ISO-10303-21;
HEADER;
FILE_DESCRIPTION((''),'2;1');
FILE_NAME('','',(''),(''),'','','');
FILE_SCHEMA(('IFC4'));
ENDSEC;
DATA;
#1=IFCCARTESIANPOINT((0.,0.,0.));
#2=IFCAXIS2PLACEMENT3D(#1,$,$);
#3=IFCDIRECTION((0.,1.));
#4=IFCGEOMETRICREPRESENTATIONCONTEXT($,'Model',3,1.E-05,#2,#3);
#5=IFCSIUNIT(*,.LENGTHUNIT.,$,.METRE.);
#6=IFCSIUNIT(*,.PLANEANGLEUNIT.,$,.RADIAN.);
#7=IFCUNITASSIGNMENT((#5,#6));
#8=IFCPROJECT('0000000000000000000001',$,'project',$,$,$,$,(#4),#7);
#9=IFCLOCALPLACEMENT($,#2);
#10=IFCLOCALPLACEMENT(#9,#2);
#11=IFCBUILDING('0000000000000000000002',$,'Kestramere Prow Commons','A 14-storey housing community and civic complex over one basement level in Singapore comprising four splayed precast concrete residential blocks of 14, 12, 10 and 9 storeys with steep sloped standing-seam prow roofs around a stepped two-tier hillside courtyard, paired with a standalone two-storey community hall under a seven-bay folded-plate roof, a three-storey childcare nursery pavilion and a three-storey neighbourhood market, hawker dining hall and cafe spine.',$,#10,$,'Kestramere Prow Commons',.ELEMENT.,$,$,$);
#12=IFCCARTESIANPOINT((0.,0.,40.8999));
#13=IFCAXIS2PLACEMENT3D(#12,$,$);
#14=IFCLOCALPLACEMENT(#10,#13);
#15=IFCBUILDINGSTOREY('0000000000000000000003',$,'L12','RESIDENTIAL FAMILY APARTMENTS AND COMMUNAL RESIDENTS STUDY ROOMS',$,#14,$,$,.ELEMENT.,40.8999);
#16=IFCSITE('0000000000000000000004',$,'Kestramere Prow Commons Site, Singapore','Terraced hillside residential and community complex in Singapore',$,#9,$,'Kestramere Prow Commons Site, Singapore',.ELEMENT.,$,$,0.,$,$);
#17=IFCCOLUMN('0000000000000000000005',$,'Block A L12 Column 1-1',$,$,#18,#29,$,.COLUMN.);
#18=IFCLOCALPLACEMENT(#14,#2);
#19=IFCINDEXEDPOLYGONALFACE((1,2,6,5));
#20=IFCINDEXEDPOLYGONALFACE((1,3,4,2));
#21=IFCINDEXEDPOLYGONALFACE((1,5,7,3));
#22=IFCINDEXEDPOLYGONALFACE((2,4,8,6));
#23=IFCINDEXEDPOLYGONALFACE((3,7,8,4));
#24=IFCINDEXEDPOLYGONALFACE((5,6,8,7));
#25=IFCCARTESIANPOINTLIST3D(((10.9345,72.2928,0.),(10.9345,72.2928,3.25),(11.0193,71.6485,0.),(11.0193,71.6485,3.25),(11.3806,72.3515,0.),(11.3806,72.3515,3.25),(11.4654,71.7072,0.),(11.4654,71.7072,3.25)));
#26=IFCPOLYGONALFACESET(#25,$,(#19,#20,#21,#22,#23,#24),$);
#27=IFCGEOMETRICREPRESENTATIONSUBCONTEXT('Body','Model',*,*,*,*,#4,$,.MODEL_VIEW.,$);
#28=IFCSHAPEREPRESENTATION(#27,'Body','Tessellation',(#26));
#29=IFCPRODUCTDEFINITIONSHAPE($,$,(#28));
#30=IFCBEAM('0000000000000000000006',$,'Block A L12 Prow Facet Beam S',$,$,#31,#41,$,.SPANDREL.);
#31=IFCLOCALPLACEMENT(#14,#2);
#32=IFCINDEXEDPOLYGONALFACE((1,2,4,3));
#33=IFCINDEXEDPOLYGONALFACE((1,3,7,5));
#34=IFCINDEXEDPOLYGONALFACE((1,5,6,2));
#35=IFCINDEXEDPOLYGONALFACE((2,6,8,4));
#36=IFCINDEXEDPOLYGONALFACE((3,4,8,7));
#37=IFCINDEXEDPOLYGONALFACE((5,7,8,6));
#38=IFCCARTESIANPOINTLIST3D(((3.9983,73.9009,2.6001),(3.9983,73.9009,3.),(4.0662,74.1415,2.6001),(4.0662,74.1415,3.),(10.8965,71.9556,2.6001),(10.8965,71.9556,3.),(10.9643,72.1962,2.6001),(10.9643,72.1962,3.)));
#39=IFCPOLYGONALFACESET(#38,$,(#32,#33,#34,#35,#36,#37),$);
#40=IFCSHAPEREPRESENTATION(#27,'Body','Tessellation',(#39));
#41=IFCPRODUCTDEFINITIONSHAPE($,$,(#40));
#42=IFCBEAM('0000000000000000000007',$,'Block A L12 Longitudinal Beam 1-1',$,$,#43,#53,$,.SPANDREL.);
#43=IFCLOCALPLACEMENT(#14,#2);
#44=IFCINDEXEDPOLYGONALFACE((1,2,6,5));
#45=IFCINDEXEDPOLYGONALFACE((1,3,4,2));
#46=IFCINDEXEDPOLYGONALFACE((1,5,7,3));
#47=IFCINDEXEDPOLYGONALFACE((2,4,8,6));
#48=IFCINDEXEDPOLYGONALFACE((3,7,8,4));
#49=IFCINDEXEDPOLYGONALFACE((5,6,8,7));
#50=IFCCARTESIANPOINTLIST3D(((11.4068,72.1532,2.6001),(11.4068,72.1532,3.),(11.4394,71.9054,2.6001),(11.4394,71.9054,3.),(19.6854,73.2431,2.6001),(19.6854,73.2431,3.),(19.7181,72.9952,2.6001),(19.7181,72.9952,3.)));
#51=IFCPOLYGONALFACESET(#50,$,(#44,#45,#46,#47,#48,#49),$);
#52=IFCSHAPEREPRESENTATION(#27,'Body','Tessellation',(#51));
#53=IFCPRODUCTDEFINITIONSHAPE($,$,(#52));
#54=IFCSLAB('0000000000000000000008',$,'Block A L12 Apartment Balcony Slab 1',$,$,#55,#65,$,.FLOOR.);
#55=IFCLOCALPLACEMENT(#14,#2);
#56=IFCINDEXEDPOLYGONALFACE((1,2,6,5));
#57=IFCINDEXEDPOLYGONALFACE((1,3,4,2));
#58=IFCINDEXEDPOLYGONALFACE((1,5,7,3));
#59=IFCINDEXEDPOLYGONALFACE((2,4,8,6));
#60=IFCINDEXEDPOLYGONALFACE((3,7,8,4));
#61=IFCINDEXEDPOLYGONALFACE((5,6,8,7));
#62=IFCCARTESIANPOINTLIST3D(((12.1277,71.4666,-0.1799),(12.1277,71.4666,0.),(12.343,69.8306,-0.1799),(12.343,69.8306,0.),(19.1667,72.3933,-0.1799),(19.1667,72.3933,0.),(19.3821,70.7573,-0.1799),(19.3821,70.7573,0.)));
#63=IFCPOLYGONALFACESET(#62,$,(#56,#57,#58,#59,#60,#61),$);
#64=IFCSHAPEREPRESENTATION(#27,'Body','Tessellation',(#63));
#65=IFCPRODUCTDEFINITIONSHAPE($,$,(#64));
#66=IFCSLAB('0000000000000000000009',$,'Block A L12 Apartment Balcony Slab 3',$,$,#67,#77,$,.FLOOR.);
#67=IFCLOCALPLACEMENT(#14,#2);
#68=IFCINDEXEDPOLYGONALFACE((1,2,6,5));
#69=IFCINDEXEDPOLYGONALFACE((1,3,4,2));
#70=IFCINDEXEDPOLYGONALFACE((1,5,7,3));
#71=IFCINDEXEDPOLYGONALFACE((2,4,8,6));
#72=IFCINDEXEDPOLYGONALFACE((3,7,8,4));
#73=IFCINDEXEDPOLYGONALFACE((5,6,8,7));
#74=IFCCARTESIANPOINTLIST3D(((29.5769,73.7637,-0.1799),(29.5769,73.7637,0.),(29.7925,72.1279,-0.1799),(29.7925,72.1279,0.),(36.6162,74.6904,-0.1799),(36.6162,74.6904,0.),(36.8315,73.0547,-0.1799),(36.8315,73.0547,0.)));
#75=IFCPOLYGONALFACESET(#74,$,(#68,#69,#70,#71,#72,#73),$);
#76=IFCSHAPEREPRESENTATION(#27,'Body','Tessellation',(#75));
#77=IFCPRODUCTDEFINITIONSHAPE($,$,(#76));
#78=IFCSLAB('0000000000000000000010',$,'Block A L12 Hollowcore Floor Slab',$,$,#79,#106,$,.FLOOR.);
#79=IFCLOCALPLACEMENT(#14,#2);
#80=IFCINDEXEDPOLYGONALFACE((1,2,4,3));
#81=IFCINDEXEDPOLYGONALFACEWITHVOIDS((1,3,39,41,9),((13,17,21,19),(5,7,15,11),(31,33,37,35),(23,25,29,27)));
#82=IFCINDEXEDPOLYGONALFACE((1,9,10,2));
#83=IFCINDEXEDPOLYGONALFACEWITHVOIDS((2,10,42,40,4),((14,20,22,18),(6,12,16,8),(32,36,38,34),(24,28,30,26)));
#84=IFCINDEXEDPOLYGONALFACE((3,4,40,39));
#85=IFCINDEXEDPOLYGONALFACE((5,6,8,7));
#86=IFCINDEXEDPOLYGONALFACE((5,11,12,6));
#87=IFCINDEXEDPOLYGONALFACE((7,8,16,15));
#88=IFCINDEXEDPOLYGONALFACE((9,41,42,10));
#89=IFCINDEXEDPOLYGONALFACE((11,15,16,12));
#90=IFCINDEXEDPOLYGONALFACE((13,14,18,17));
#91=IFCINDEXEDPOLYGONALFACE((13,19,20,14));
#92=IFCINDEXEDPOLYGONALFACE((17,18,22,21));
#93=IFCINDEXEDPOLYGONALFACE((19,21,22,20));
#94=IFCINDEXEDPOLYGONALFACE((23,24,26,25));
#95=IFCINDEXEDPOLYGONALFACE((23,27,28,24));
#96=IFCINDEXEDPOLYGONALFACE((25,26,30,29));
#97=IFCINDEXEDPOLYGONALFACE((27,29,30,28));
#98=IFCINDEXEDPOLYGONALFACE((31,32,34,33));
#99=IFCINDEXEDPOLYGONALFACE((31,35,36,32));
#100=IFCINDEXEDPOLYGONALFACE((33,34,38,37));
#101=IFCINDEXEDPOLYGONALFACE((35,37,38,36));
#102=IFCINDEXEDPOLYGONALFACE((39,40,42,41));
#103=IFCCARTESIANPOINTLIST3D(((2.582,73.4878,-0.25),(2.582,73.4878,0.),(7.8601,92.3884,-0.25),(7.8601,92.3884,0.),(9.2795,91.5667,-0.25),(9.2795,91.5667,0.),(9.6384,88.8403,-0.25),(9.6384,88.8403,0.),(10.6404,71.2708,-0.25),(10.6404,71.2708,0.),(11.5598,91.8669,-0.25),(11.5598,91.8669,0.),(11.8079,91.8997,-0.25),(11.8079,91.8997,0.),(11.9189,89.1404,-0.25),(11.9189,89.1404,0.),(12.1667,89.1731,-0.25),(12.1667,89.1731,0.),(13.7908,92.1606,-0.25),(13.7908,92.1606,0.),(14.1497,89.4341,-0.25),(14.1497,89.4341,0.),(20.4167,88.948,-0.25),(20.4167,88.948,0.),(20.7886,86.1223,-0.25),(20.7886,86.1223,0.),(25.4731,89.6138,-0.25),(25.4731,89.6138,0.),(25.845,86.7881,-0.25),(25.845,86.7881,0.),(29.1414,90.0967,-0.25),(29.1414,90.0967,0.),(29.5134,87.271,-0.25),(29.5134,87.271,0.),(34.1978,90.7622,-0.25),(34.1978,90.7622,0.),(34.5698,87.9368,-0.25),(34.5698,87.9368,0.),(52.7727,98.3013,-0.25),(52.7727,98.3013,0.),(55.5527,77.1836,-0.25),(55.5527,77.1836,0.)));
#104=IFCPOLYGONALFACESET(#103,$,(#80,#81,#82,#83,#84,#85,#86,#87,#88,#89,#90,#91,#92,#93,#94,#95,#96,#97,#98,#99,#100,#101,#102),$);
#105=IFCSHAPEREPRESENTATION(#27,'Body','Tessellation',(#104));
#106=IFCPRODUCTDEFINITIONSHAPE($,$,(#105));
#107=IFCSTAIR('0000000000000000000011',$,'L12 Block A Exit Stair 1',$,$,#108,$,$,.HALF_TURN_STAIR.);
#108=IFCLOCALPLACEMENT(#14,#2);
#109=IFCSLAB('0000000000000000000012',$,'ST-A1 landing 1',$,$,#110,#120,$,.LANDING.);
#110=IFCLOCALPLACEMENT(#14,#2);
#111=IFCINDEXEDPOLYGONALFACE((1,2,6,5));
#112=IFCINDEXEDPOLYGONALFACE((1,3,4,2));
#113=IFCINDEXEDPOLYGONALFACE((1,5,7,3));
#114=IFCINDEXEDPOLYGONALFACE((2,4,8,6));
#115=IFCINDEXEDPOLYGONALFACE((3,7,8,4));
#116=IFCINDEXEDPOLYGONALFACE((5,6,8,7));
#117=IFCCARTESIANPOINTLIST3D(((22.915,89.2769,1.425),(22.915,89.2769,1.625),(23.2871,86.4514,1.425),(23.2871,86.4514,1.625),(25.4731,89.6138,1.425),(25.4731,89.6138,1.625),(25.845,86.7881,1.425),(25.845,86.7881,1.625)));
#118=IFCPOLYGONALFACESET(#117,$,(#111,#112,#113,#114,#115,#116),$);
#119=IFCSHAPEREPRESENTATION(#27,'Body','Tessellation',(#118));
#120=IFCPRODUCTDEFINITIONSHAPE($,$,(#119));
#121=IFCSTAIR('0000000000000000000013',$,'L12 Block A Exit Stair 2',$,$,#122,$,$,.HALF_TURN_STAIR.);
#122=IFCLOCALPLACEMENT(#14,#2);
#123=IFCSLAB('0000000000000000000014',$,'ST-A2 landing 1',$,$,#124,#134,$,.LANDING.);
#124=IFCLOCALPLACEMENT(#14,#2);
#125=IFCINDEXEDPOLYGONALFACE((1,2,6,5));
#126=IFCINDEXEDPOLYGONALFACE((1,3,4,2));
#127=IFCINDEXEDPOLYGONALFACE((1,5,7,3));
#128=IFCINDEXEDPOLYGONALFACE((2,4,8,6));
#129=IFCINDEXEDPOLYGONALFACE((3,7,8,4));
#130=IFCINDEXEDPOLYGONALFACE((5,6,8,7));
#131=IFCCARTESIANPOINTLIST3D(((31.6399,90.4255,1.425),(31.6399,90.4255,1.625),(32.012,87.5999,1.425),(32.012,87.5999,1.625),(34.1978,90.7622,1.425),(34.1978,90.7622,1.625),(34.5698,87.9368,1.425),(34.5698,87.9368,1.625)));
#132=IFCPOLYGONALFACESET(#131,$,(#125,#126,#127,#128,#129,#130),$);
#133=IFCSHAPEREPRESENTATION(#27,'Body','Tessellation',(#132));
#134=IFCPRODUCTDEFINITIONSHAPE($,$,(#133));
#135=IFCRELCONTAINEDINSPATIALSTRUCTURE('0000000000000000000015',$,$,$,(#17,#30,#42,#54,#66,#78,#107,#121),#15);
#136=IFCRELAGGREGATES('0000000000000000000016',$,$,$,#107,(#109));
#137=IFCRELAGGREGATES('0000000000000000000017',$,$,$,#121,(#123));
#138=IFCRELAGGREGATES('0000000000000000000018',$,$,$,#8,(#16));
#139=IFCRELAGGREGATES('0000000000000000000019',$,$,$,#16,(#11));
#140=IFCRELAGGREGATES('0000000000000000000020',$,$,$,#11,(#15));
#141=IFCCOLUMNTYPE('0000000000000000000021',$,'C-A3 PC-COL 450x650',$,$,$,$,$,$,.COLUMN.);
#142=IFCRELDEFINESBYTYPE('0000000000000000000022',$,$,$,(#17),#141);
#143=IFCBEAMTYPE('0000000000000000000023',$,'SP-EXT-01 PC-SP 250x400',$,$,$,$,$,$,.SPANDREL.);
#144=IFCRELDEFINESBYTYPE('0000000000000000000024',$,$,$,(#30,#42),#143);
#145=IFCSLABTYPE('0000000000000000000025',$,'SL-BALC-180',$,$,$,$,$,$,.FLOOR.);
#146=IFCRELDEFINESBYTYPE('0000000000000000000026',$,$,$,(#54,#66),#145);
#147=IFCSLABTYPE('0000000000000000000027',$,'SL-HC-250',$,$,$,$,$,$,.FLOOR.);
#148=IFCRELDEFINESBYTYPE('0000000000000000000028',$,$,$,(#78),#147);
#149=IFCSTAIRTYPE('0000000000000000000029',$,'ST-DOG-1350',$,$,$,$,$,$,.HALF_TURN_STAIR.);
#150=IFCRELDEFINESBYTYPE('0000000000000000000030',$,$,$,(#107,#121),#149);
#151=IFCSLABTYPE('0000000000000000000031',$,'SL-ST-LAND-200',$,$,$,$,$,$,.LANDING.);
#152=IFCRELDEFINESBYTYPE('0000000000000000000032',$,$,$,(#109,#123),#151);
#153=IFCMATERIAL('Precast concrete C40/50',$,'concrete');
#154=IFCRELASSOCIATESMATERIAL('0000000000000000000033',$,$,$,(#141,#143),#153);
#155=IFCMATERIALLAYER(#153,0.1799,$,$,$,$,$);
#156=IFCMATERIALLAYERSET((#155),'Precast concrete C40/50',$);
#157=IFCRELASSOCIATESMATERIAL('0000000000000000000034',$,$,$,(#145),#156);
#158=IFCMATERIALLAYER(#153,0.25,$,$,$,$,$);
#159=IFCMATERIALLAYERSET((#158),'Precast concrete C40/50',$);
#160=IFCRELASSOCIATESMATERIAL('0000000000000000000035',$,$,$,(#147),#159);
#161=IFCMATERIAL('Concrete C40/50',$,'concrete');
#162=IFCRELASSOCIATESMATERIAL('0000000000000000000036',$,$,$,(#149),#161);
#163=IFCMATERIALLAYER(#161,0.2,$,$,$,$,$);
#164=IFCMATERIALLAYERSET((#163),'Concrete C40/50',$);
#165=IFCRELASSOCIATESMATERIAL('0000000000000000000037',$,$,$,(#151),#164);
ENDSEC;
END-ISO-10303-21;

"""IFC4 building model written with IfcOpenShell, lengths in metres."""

from ifc_helpers import new_model, si_unit, direction, frame, origin, origin_2d, place, context, subcontext, project, spatial, polyline, rectangle, outline, extrude, material, layer, layer_set, material_profile, profile_set, type_object, element, aggregate, save


model = new_model("IFC4")

# Units and contexts
model_context = context("Model", 3, precision=1e-05, world=origin(), true_north=direction((0.0, 1.0)))
body_context = subcontext(model_context, "Body", "Model", "MODEL_VIEW")
ifc_project = project(units=[si_unit("LENGTHUNIT", "METRE"), si_unit("PLANEANGLEUNIT", "RADIAN")], contexts=[model_context])

# Site, building, storey
site_placement = place(None, origin())
site = spatial("IfcSite", under=ifc_project, at=site_placement, Name="Kestramere Prow Commons Site, Singapore", Description="Terraced hillside residential and community complex in Singapore", LongName="Kestramere Prow Commons Site, Singapore", CompositionType="ELEMENT", RefElevation=0.0)
building_placement = place(site_placement, origin())
building = spatial("IfcBuilding", under=site, at=building_placement, Name="Kestramere Prow Commons", Description="A 14-storey housing community and civic complex over one basement level in Singapore comprising four splayed precast concrete residential blocks of 14, 12, 10 and 9 storeys with steep sloped standing-seam prow roofs around a stepped two-tier hillside courtyard, paired with a standalone two-storey community hall under a seven-bay folded-plate roof, a three-storey childcare nursery pavilion and a three-storey neighbourhood market, hawker dining hall and cafe spine.", LongName="Kestramere Prow Commons", CompositionType="ELEMENT")
storey_placement = place(building_placement, frame((0.0, 0.0, 40.8999)))
storey = spatial("IfcBuildingStorey", under=building, at=storey_placement, Name="L12", Description="RESIDENTIAL FAMILY APARTMENTS AND COMMUNAL RESIDENTS STUDY ROOMS", CompositionType="ELEMENT", Elevation=40.8999)

# Column
ifc_material_1 = material(Name="Precast concrete C40/50", Category="concrete")
ifc_material_profile_1 = material_profile(ifc_material_1, rectangle(XDim=0.45, YDim=0.6499, at=origin_2d()), Name="PC-COL 450x650")
ifc_profile_set_1 = profile_set([ifc_material_profile_1], Name="Precast concrete C40/50")
column_type = type_object("IfcColumnType", Name="C-A3 PC-COL 450x650", PredefinedType="COLUMN", material=ifc_profile_set_1)
column_placement = place(storey_placement, frame((11.2, 72.0, 0.0), z_axis=(0.0, 0.0, 1.0), x_axis=(0.991445, 0.130526, 0.0)))
element("IfcColumn", 1, at=column_placement, inside=storey, type_object=column_type, Name="Block A L12 Column 1-1", PredefinedType="COLUMN", context=body_context, shape_type="SweptSolid", body=[
    extrude(rectangle(XDim=0.45, YDim=0.6499, at=origin_2d()), origin(), (0.0, 0.0, 1.0), 3.25),
])

# Beams
ifc_material_profile_2 = material_profile(ifc_material_1, rectangle(XDim=0.25, YDim=0.3999, at=origin_2d()), Name="PC-SP 250x400")
ifc_profile_set_2 = profile_set([ifc_material_profile_2], Name="Precast concrete C40/50")
beam_type = type_object("IfcBeamType", Name="SP-EXT-01 PC-SP 250x400", PredefinedType="SPANDREL", material=ifc_profile_set_2)
beam_1_placement = place(storey_placement, frame((10.9304, 72.0759, 2.8), z_axis=(-0.962462, 0.271417, 0.0), x_axis=(-0.271417, -0.962462, 0.0)))
element("IfcBeam", 2, at=beam_1_placement, inside=storey, type_object=beam_type, Name="Block A L12 Prow Facet Beam S", PredefinedType="SPANDREL", context=body_context, shape_type="SweptSolid", body=[
    extrude(rectangle(XDim=0.25, YDim=0.3999, at=origin_2d()), origin(), (0.0, 0.0, 1.0), 7.1672),
])
beam_2_placement = place(storey_placement, frame((11.4231, 72.0293, 2.8), z_axis=(0.991446, 0.13052, 0.0), x_axis=(-0.13052, 0.991446, 0.0)))
element("IfcBeam", 3, at=beam_2_placement, inside=storey, type_object=beam_type, Name="Block A L12 Longitudinal Beam 1-1", PredefinedType="SPANDREL", context=body_context, shape_type="SweptSolid", body=[
    extrude(rectangle(XDim=0.25, YDim=0.3999, at=origin_2d()), origin(), (0.0, 0.0, 1.0), 8.3501),
])

# Slabs
ifc_layer_1 = layer(ifc_material_1, 0.1799)
ifc_layer_set_1 = layer_set([ifc_layer_1], Name="Precast concrete C40/50")
slab_type_1 = type_object("IfcSlabType", Name="SL-BALC-180", PredefinedType="FLOOR", material=ifc_layer_set_1)
slab_1_placement = place(storey_placement, frame((0.0, 0.0, -0.1799)))
element("IfcSlab", 4, at=slab_1_placement, inside=storey, type_object=slab_type_1, Name="Block A L12 Apartment Balcony Slab 1", PredefinedType="FLOOR", context=body_context, shape_type="SweptSolid", body=[
    extrude(outline(polyline([(12.343, 69.8306), (19.3821, 70.7573), (19.1667, 72.3933), (12.1277, 71.4666), (12.343, 69.8306)])), origin(), (0.0, 0.0, 1.0), 0.1799),
])
slab_2_placement = place(storey_placement, frame((0.0, 0.0, -0.1799)))
element("IfcSlab", 5, at=slab_2_placement, inside=storey, type_object=slab_type_1, Name="Block A L12 Apartment Balcony Slab 3", PredefinedType="FLOOR", context=body_context, shape_type="SweptSolid", body=[
    extrude(outline(polyline([(29.7925, 72.1279), (36.8315, 73.0547), (36.6162, 74.6904), (29.5769, 73.7637), (29.7925, 72.1279)])), origin(), (0.0, 0.0, 1.0), 0.1799),
])
ifc_layer_2 = layer(ifc_material_1, 0.25)
ifc_layer_set_2 = layer_set([ifc_layer_2], Name="Precast concrete C40/50")
slab_type_2 = type_object("IfcSlabType", Name="SL-HC-250", PredefinedType="FLOOR", material=ifc_layer_set_2)
slab_3_placement = place(storey_placement, frame((0.0, 0.0, -0.25)))
element("IfcSlab", 6, at=slab_3_placement, inside=storey, type_object=slab_type_2, Name="Block A L12 Hollowcore Floor Slab", PredefinedType="FLOOR", context=body_context, shape_type="SweptSolid", body=[
    extrude(outline(polyline([(2.582, 73.4878), (10.6404, 71.2708), (55.5527, 77.1836), (52.7727, 98.3013), (7.8601, 92.3884), (2.582, 73.4878)]), holes=[polyline([(9.6384, 88.8403), (11.9189, 89.1404), (11.5598, 91.8669), (9.2795, 91.5667), (9.6384, 88.8403)]), polyline([(12.1667, 89.1731), (14.1497, 89.4341), (13.7908, 92.1606), (11.8079, 91.8997), (12.1667, 89.1731)]), polyline([(20.7886, 86.1223), (25.845, 86.7881), (25.4731, 89.6138), (20.4167, 88.948), (20.7886, 86.1223)]), polyline([(29.5134, 87.271), (34.5698, 87.9368), (34.1978, 90.7622), (29.1414, 90.0967), (29.5134, 87.271)])]), origin(), (0.0, 0.0, 1.0), 0.25),
])

# Stairs, slabs
ifc_material_2 = material(Name="Concrete C40/50", Category="concrete")
stair_type = type_object("IfcStairType", Name="ST-DOG-1350", PredefinedType="HALF_TURN_STAIR", material=ifc_material_2)
stair_1_placement = place(storey_placement, origin())
stair_1 = element("IfcStair", 7, at=stair_1_placement, inside=storey, type_object=stair_type, Name="L12 Block A Exit Stair 1", PredefinedType="HALF_TURN_STAIR")
ifc_layer_3 = layer(ifc_material_2, 0.2)
ifc_layer_set_3 = layer_set([ifc_layer_3], Name="Concrete C40/50")
slab_type_3 = type_object("IfcSlabType", Name="SL-ST-LAND-200", PredefinedType="LANDING", material=ifc_layer_set_3)
slab_4_placement = place(storey_placement, frame((0.0, 0.0, 1.425)))
slab_4 = element("IfcSlab", 8, at=slab_4_placement, type_object=slab_type_3, Name="ST-A1 landing 1", PredefinedType="LANDING", context=body_context, shape_type="SweptSolid", body=[
    extrude(outline(polyline([(23.2871, 86.4514), (25.845, 86.7881), (25.4731, 89.6138), (22.915, 89.2769), (23.2871, 86.4514)])), origin(), (0.0, 0.0, 1.0), 0.2),
])
aggregate(stair_1, [slab_4])
stair_2_placement = place(storey_placement, origin())
stair_2 = element("IfcStair", 9, at=stair_2_placement, inside=storey, type_object=stair_type, Name="L12 Block A Exit Stair 2", PredefinedType="HALF_TURN_STAIR")
slab_5_placement = place(storey_placement, frame((0.0, 0.0, 1.425)))
slab_5 = element("IfcSlab", 10, at=slab_5_placement, type_object=slab_type_3, Name="ST-A2 landing 1", PredefinedType="LANDING", context=body_context, shape_type="SweptSolid", body=[
    extrude(outline(polyline([(32.012, 87.5999), (34.5698, 87.9368), (34.1978, 90.7622), (31.6399, 90.4255), (32.012, 87.5999)])), origin(), (0.0, 0.0, 1.0), 0.2),
])
aggregate(stair_2, [slab_5])

save(model, "model.ifc")
